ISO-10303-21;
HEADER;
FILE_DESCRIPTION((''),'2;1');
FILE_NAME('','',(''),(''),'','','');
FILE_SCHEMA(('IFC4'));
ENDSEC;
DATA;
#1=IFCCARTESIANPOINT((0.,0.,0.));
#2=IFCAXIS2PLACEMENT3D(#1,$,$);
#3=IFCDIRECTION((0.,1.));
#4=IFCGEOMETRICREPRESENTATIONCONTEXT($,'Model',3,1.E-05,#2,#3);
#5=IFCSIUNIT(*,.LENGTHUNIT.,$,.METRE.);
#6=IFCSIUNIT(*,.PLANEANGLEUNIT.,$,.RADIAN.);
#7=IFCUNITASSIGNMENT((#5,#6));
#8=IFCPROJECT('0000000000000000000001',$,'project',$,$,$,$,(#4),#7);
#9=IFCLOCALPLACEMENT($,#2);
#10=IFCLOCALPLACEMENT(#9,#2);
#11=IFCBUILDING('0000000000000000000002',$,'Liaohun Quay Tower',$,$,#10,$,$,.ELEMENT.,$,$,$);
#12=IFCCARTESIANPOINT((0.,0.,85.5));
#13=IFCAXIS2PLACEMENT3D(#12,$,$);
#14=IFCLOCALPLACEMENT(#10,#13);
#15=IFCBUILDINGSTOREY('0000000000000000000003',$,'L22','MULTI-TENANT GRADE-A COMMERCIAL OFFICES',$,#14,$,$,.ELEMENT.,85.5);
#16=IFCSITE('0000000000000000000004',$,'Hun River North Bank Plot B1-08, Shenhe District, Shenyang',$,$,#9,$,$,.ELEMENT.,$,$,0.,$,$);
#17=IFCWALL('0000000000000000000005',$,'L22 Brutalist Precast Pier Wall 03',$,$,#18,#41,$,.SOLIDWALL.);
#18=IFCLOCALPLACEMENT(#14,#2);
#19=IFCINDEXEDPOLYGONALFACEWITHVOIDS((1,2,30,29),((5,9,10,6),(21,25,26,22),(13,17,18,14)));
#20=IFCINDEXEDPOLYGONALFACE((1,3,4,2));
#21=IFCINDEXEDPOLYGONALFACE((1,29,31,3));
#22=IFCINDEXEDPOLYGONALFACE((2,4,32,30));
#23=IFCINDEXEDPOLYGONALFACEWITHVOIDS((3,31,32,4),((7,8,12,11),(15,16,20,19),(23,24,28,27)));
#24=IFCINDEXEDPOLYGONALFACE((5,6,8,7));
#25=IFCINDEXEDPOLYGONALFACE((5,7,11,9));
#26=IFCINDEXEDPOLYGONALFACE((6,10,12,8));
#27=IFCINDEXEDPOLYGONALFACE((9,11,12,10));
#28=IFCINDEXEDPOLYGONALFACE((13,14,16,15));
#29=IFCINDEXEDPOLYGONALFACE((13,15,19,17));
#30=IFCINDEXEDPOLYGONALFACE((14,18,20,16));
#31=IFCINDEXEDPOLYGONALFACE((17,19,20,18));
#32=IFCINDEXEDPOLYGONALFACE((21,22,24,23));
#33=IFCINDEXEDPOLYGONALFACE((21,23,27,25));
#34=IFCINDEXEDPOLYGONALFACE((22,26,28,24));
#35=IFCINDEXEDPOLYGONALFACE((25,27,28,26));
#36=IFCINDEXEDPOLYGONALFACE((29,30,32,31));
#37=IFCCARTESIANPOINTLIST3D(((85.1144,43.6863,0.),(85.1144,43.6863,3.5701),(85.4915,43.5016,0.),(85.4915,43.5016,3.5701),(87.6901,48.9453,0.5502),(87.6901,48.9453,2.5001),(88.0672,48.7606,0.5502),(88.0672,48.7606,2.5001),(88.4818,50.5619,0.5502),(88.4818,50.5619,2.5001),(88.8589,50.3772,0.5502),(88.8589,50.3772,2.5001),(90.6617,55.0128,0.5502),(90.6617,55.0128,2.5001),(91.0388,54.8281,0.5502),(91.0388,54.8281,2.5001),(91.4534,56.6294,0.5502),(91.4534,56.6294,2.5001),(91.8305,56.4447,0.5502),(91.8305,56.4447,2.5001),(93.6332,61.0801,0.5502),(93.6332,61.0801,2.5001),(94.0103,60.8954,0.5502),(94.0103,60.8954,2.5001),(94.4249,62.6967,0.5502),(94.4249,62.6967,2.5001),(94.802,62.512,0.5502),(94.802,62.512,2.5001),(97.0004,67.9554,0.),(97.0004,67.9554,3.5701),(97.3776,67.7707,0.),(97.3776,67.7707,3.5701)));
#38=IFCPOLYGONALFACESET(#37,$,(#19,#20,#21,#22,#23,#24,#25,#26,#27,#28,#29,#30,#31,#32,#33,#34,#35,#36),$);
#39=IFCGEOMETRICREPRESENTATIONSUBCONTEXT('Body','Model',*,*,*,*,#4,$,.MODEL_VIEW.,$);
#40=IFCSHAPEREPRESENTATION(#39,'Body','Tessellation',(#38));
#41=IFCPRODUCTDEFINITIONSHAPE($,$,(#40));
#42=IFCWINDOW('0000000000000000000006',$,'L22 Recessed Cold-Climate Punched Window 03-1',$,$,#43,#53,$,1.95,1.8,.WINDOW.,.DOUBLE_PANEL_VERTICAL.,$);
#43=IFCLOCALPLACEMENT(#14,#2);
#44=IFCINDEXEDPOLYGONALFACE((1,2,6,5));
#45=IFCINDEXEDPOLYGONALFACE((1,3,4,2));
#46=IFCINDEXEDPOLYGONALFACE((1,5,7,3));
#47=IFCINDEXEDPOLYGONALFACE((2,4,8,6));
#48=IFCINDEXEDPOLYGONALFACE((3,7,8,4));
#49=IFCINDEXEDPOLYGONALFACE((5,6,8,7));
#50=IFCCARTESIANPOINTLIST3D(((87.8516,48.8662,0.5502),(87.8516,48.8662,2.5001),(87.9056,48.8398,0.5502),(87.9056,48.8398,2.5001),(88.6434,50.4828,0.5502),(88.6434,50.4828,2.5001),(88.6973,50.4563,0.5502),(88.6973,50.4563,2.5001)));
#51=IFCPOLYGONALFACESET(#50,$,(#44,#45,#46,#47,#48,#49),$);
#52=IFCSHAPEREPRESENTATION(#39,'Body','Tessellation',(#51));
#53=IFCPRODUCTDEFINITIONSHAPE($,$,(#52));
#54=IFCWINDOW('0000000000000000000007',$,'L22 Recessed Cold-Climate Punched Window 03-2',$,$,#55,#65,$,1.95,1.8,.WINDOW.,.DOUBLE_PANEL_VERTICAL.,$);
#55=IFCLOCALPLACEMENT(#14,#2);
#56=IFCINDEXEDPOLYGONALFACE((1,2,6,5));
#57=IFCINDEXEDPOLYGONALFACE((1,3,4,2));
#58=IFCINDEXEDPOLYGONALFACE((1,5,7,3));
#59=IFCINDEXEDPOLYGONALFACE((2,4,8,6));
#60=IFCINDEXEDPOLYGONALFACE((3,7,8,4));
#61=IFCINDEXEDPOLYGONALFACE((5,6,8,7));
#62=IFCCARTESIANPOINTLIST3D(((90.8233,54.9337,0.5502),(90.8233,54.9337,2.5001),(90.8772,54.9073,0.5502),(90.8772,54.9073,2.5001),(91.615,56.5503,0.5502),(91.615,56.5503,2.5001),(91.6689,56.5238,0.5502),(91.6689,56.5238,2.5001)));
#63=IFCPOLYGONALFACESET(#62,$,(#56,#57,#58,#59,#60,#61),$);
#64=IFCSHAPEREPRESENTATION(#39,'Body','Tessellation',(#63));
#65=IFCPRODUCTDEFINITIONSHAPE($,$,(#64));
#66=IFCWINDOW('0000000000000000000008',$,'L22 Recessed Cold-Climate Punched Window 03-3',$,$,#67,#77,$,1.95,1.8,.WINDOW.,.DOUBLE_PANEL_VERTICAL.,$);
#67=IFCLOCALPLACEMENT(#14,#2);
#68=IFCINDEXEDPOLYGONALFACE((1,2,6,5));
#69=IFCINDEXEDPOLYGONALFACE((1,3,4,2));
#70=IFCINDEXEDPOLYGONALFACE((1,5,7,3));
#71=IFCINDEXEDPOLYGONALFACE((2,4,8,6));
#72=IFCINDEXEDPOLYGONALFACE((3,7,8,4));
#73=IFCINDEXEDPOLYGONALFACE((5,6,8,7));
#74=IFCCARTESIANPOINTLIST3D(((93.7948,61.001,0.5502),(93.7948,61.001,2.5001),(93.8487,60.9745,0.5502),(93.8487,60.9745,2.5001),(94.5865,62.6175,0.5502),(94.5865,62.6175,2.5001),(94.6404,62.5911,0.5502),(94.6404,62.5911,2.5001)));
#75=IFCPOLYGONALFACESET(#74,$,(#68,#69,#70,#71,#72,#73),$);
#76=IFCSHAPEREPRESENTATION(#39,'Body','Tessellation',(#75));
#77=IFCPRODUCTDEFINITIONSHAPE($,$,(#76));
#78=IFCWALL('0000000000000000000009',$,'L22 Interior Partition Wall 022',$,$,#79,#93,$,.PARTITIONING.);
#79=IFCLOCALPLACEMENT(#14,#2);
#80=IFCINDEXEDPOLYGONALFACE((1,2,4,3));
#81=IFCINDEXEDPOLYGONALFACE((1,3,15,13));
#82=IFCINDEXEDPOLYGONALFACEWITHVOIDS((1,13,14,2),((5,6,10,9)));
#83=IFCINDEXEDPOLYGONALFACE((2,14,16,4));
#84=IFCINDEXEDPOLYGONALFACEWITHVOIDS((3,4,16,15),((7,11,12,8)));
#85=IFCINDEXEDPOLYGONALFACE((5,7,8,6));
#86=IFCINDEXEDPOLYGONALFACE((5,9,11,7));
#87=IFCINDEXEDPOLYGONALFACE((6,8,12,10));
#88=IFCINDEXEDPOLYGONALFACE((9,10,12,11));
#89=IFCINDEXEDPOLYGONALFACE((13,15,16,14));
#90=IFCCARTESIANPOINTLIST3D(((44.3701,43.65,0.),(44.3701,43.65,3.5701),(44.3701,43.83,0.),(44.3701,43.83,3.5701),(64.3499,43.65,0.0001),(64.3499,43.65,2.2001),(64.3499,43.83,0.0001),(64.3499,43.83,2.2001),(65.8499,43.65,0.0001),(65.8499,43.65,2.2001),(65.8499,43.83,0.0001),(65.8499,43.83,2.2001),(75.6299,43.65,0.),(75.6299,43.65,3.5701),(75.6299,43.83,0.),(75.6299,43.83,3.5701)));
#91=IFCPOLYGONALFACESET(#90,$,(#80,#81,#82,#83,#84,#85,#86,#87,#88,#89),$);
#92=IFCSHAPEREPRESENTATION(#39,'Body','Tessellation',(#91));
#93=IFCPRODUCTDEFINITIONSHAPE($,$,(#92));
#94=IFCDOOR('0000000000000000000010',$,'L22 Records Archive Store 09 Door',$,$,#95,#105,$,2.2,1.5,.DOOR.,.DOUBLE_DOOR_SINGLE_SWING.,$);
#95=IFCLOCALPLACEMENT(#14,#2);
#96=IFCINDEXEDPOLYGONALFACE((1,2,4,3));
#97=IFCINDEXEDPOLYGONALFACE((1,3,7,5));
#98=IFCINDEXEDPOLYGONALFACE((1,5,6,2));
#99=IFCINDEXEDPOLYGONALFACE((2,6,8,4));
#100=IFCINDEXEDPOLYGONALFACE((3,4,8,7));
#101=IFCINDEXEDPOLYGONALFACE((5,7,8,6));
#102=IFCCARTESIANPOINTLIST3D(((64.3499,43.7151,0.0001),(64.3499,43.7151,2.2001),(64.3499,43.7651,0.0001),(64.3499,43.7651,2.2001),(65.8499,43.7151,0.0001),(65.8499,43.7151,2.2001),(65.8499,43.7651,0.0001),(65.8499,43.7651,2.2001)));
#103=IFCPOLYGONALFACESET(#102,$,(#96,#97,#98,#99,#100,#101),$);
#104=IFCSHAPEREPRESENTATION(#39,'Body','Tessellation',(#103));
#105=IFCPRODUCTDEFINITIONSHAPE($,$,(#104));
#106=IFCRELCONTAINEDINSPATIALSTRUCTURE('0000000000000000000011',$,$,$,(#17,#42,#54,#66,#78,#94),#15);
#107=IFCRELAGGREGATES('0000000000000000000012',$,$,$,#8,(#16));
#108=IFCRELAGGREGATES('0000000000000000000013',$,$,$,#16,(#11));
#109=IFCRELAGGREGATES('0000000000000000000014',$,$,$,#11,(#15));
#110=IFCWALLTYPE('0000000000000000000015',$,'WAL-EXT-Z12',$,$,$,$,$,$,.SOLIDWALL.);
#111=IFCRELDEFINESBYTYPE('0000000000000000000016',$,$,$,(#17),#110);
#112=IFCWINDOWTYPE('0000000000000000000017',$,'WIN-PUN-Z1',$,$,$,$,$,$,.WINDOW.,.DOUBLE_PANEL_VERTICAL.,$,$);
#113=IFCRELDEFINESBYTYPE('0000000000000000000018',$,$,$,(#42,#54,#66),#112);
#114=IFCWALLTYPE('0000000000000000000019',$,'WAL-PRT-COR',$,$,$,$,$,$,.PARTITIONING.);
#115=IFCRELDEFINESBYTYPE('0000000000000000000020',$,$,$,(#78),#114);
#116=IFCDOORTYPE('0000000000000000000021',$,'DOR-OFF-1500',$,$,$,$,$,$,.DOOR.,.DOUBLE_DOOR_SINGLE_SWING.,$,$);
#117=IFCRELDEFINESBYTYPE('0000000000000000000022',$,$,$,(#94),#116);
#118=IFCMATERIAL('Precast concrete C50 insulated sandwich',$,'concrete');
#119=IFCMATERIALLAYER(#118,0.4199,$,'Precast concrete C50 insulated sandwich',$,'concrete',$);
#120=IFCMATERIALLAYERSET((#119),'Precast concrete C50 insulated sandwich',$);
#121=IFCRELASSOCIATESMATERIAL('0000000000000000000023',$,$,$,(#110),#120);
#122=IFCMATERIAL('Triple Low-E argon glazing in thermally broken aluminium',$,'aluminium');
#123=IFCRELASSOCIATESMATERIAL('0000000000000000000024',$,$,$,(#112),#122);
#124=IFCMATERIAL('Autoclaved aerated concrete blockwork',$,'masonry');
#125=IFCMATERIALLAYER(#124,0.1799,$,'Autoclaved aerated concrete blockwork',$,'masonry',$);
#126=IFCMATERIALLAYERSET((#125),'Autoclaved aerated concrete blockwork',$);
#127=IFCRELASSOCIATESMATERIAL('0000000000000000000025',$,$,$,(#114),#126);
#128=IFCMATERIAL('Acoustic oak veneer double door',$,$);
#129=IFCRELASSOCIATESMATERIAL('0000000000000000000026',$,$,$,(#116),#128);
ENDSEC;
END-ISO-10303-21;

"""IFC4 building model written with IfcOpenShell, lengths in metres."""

from ifc_helpers import new_model, si_unit, direction, frame, frame_2d, origin, place, context, subcontext, project, spatial, rectangle, extrude, source, transform, mapped, material, layer, layer_set, type_object, element, fill, save


model = new_model("IFC4")

# Units and contexts
model_context = context("Model", 3, precision=1e-05, world=origin(), true_north=direction((0.0, 1.0)))
body_context = subcontext(model_context, "Body", "Model", "MODEL_VIEW")
ifc_project = project(units=[si_unit("LENGTHUNIT", "METRE"), si_unit("PLANEANGLEUNIT", "RADIAN")], contexts=[model_context])

# Site, building, storey
site_placement = place(None, origin())
site = spatial("IfcSite", under=ifc_project, at=site_placement, Name="Hun River North Bank Plot B1-08, Shenhe District, Shenyang", CompositionType="ELEMENT", RefElevation=0.0)
building_placement = place(site_placement, origin())
building = spatial("IfcBuilding", under=site, at=building_placement, Name="Liaohun Quay Tower", CompositionType="ELEMENT")
storey_placement = place(building_placement, frame((0.0, 0.0, 85.5)))
storey = spatial("IfcBuildingStorey", under=building, at=storey_placement, Name="L22", Description="MULTI-TENANT GRADE-A COMMERCIAL OFFICES", CompositionType="ELEMENT", Elevation=85.5)

# Shared definitions
ifc_material_1 = material(Name="Precast concrete C50 insulated sandwich", Category="concrete")
ifc_layer_1 = layer(ifc_material_1, 0.4199, Name="Precast concrete C50 insulated sandwich", Category="concrete")
ifc_layer_set_1 = layer_set([ifc_layer_1], Name="Precast concrete C50 insulated sandwich")
wall_type_1 = type_object("IfcWallType", Name="WAL-EXT-Z12", PredefinedType="SOLIDWALL", material=ifc_layer_set_1)

# Wall, openings, windows
shared_shape_1 = source(origin(), body_context, "Body", "SweptSolid", [
    extrude(rectangle(XDim=1.8, YDim=1.95, at=frame_2d((0.8999, 0.9751))), frame((0.0, 0.22, 0.0), z_axis=(0.0, -1.0, 0.0), x_axis=(1.0, 0.0, 0.0)), (0.0, 0.0, 1.0), 0.4399),
])
ifc_material_2 = material(Name="Triple Low-E argon glazing in thermally broken aluminium", Category="aluminium")
window_type_1 = type_object("IfcWindowType", Name="WIN-PUN-Z1", PartitioningType="DOUBLE_PANEL_VERTICAL", PredefinedType="WINDOW", material=ifc_material_2)
shared_shape_2 = source(origin(), body_context, "Body", "SweptSolid", [
    extrude(rectangle(XDim=1.8, YDim=1.95, at=frame_2d((0.8999, 0.9751))), frame((0.0, 0.03, 0.0), z_axis=(0.0, -1.0, 0.0), x_axis=(1.0, 0.0, 0.0)), (0.0, 0.0, 1.0), 0.0601),
])
wall_1_placement = place(storey_placement, frame((85.303, 43.594, 0.0), z_axis=(0.0, 0.0, 1.0), x_axis=(0.439841, 0.898076, 0.0)))
wall_1 = element("IfcWall", 1, at=wall_1_placement, inside=storey, type_object=wall_type_1, Name="L22 Brutalist Precast Pier Wall 03", PredefinedType="SOLIDWALL", context=body_context, shape_type="SweptSolid", body=[
    extrude(rectangle(XDim=27.0234, YDim=0.4199, at=frame_2d((13.5117, 0.0))), origin(), (0.0, 0.0, 1.0), 3.5701),
])
opening_1_placement = place(wall_1_placement, frame((5.856, 0.0, 0.55)))
opening_1 = element("IfcOpeningElement", 2, at=opening_1_placement, cuts=wall_1, PredefinedType="OPENING", context=body_context, shape_type="MappedRepresentation", body=[
    mapped(shared_shape_1, transform((0.0, 0.0, 0.0), x_axis=(1.0, 0.0, 0.0), y_axis=(0.0, 1.0, 0.0), z_axis=(0.0, 0.0, 1.0), scale=1.0)),
])
opening_2_placement = place(wall_1_placement, frame((12.6121, 0.0, 0.55)))
opening_2 = element("IfcOpeningElement", 3, at=opening_2_placement, cuts=wall_1, PredefinedType="OPENING", context=body_context, shape_type="MappedRepresentation", body=[
    mapped(shared_shape_1, transform((0.0, 0.0, 0.0), x_axis=(1.0, 0.0, 0.0), y_axis=(0.0, 1.0, 0.0), z_axis=(0.0, 0.0, 1.0), scale=1.0)),
])
opening_3_placement = place(wall_1_placement, frame((19.3679, 0.0, 0.55)))
opening_3 = element("IfcOpeningElement", 4, at=opening_3_placement, cuts=wall_1, PredefinedType="OPENING", context=body_context, shape_type="MappedRepresentation", body=[
    mapped(shared_shape_1, transform((0.0, 0.0, 0.0), x_axis=(1.0, 0.0, 0.0), y_axis=(0.0, 1.0, 0.0), z_axis=(0.0, 0.0, 1.0), scale=1.0)),
])
window_1_placement = place(opening_1_placement, origin())
window_1 = element("IfcWindow", 5, at=window_1_placement, inside=storey, type_object=window_type_1, Name="L22 Recessed Cold-Climate Punched Window 03-1", OverallHeight=1.95, OverallWidth=1.8, PartitioningType="DOUBLE_PANEL_VERTICAL", PredefinedType="WINDOW", context=body_context, shape_type="MappedRepresentation", body=[
    mapped(shared_shape_2, transform((0.0, 0.0, 0.0), x_axis=(1.0, 0.0, 0.0), y_axis=(0.0, 1.0, 0.0), z_axis=(0.0, 0.0, 1.0), scale=1.0)),
])
fill(opening_1, window_1)
window_2_placement = place(opening_2_placement, origin())
window_2 = element("IfcWindow", 6, at=window_2_placement, inside=storey, type_object=window_type_1, Name="L22 Recessed Cold-Climate Punched Window 03-2", OverallHeight=1.95, OverallWidth=1.8, PartitioningType="DOUBLE_PANEL_VERTICAL", PredefinedType="WINDOW", context=body_context, shape_type="MappedRepresentation", body=[
    mapped(shared_shape_2, transform((0.0, 0.0, 0.0), x_axis=(1.0, 0.0, 0.0), y_axis=(0.0, 1.0, 0.0), z_axis=(0.0, 0.0, 1.0), scale=1.0)),
])
fill(opening_2, window_2)
window_3_placement = place(opening_3_placement, origin())
window_3 = element("IfcWindow", 7, at=window_3_placement, inside=storey, type_object=window_type_1, Name="L22 Recessed Cold-Climate Punched Window 03-3", OverallHeight=1.95, OverallWidth=1.8, PartitioningType="DOUBLE_PANEL_VERTICAL", PredefinedType="WINDOW", context=body_context, shape_type="MappedRepresentation", body=[
    mapped(shared_shape_2, transform((0.0, 0.0, 0.0), x_axis=(1.0, 0.0, 0.0), y_axis=(0.0, 1.0, 0.0), z_axis=(0.0, 0.0, 1.0), scale=1.0)),
])
fill(opening_3, window_3)

# Wall, opening, door
ifc_material_3 = material(Name="Autoclaved aerated concrete blockwork", Category="masonry")
ifc_layer_2 = layer(ifc_material_3, 0.1799, Name="Autoclaved aerated concrete blockwork", Category="masonry")
ifc_layer_set_2 = layer_set([ifc_layer_2], Name="Autoclaved aerated concrete blockwork")
wall_type_2 = type_object("IfcWallType", Name="WAL-PRT-COR", PredefinedType="PARTITIONING", material=ifc_layer_set_2)
wall_2_placement = place(storey_placement, frame((75.6299, 43.74, 0.0), z_axis=(0.0, 0.0, 1.0), x_axis=(-1.0, 0.0, 0.0)))
wall_2 = element("IfcWall", 8, at=wall_2_placement, inside=storey, type_object=wall_type_2, Name="L22 Interior Partition Wall 022", PredefinedType="PARTITIONING", context=body_context, shape_type="SweptSolid", body=[
    extrude(rectangle(XDim=31.2598, YDim=0.1799, at=frame_2d((15.6299, 0.0))), origin(), (0.0, 0.0, 1.0), 3.5701),
])
shared_shape_3 = source(origin(), body_context, "Body", "SweptSolid", [
    extrude(rectangle(XDim=1.5, YDim=2.2, at=frame_2d((0.75, 1.1001))), frame((0.0, 0.0999, 0.0), z_axis=(0.0, -1.0, 0.0), x_axis=(1.0, 0.0, 0.0)), (0.0, 0.0, 1.0), 0.2),
])
opening_4_placement = place(wall_2_placement, frame((9.78, 0.0, 0.0)))
opening_4 = element("IfcOpeningElement", 9, at=opening_4_placement, cuts=wall_2, PredefinedType="OPENING", context=body_context, shape_type="MappedRepresentation", body=[
    mapped(shared_shape_3, transform((0.0, 0.0, 0.0), x_axis=(1.0, 0.0, 0.0), y_axis=(0.0, 1.0, 0.0), z_axis=(0.0, 0.0, 1.0), scale=1.0)),
])
ifc_material_4 = material(Name="Acoustic oak veneer double door")
door_type = type_object("IfcDoorType", Name="DOR-OFF-1500", OperationType="DOUBLE_DOOR_SINGLE_SWING", PredefinedType="DOOR", material=ifc_material_4)
shared_shape_4 = source(origin(), body_context, "Body", "SweptSolid", [
    extrude(rectangle(XDim=1.5, YDim=2.2, at=frame_2d((0.75, 1.1001))), frame((0.0, 0.0249, 0.0), z_axis=(0.0, -1.0, 0.0), x_axis=(1.0, 0.0, 0.0)), (0.0, 0.0, 1.0), 0.05),
])
door_placement = place(opening_4_placement, origin())
door = element("IfcDoor", 10, at=door_placement, inside=storey, type_object=door_type, Name="L22 Records Archive Store 09 Door", OperationType="DOUBLE_DOOR_SINGLE_SWING", OverallHeight=2.2, OverallWidth=1.5, PredefinedType="DOOR", context=body_context, shape_type="MappedRepresentation", body=[
    mapped(shared_shape_4, transform((0.0, 0.0, 0.0), x_axis=(1.0, 0.0, 0.0), y_axis=(0.0, 1.0, 0.0), z_axis=(0.0, 0.0, 1.0), scale=1.0)),
])
fill(opening_4, door)

save(model, "model.ifc")
